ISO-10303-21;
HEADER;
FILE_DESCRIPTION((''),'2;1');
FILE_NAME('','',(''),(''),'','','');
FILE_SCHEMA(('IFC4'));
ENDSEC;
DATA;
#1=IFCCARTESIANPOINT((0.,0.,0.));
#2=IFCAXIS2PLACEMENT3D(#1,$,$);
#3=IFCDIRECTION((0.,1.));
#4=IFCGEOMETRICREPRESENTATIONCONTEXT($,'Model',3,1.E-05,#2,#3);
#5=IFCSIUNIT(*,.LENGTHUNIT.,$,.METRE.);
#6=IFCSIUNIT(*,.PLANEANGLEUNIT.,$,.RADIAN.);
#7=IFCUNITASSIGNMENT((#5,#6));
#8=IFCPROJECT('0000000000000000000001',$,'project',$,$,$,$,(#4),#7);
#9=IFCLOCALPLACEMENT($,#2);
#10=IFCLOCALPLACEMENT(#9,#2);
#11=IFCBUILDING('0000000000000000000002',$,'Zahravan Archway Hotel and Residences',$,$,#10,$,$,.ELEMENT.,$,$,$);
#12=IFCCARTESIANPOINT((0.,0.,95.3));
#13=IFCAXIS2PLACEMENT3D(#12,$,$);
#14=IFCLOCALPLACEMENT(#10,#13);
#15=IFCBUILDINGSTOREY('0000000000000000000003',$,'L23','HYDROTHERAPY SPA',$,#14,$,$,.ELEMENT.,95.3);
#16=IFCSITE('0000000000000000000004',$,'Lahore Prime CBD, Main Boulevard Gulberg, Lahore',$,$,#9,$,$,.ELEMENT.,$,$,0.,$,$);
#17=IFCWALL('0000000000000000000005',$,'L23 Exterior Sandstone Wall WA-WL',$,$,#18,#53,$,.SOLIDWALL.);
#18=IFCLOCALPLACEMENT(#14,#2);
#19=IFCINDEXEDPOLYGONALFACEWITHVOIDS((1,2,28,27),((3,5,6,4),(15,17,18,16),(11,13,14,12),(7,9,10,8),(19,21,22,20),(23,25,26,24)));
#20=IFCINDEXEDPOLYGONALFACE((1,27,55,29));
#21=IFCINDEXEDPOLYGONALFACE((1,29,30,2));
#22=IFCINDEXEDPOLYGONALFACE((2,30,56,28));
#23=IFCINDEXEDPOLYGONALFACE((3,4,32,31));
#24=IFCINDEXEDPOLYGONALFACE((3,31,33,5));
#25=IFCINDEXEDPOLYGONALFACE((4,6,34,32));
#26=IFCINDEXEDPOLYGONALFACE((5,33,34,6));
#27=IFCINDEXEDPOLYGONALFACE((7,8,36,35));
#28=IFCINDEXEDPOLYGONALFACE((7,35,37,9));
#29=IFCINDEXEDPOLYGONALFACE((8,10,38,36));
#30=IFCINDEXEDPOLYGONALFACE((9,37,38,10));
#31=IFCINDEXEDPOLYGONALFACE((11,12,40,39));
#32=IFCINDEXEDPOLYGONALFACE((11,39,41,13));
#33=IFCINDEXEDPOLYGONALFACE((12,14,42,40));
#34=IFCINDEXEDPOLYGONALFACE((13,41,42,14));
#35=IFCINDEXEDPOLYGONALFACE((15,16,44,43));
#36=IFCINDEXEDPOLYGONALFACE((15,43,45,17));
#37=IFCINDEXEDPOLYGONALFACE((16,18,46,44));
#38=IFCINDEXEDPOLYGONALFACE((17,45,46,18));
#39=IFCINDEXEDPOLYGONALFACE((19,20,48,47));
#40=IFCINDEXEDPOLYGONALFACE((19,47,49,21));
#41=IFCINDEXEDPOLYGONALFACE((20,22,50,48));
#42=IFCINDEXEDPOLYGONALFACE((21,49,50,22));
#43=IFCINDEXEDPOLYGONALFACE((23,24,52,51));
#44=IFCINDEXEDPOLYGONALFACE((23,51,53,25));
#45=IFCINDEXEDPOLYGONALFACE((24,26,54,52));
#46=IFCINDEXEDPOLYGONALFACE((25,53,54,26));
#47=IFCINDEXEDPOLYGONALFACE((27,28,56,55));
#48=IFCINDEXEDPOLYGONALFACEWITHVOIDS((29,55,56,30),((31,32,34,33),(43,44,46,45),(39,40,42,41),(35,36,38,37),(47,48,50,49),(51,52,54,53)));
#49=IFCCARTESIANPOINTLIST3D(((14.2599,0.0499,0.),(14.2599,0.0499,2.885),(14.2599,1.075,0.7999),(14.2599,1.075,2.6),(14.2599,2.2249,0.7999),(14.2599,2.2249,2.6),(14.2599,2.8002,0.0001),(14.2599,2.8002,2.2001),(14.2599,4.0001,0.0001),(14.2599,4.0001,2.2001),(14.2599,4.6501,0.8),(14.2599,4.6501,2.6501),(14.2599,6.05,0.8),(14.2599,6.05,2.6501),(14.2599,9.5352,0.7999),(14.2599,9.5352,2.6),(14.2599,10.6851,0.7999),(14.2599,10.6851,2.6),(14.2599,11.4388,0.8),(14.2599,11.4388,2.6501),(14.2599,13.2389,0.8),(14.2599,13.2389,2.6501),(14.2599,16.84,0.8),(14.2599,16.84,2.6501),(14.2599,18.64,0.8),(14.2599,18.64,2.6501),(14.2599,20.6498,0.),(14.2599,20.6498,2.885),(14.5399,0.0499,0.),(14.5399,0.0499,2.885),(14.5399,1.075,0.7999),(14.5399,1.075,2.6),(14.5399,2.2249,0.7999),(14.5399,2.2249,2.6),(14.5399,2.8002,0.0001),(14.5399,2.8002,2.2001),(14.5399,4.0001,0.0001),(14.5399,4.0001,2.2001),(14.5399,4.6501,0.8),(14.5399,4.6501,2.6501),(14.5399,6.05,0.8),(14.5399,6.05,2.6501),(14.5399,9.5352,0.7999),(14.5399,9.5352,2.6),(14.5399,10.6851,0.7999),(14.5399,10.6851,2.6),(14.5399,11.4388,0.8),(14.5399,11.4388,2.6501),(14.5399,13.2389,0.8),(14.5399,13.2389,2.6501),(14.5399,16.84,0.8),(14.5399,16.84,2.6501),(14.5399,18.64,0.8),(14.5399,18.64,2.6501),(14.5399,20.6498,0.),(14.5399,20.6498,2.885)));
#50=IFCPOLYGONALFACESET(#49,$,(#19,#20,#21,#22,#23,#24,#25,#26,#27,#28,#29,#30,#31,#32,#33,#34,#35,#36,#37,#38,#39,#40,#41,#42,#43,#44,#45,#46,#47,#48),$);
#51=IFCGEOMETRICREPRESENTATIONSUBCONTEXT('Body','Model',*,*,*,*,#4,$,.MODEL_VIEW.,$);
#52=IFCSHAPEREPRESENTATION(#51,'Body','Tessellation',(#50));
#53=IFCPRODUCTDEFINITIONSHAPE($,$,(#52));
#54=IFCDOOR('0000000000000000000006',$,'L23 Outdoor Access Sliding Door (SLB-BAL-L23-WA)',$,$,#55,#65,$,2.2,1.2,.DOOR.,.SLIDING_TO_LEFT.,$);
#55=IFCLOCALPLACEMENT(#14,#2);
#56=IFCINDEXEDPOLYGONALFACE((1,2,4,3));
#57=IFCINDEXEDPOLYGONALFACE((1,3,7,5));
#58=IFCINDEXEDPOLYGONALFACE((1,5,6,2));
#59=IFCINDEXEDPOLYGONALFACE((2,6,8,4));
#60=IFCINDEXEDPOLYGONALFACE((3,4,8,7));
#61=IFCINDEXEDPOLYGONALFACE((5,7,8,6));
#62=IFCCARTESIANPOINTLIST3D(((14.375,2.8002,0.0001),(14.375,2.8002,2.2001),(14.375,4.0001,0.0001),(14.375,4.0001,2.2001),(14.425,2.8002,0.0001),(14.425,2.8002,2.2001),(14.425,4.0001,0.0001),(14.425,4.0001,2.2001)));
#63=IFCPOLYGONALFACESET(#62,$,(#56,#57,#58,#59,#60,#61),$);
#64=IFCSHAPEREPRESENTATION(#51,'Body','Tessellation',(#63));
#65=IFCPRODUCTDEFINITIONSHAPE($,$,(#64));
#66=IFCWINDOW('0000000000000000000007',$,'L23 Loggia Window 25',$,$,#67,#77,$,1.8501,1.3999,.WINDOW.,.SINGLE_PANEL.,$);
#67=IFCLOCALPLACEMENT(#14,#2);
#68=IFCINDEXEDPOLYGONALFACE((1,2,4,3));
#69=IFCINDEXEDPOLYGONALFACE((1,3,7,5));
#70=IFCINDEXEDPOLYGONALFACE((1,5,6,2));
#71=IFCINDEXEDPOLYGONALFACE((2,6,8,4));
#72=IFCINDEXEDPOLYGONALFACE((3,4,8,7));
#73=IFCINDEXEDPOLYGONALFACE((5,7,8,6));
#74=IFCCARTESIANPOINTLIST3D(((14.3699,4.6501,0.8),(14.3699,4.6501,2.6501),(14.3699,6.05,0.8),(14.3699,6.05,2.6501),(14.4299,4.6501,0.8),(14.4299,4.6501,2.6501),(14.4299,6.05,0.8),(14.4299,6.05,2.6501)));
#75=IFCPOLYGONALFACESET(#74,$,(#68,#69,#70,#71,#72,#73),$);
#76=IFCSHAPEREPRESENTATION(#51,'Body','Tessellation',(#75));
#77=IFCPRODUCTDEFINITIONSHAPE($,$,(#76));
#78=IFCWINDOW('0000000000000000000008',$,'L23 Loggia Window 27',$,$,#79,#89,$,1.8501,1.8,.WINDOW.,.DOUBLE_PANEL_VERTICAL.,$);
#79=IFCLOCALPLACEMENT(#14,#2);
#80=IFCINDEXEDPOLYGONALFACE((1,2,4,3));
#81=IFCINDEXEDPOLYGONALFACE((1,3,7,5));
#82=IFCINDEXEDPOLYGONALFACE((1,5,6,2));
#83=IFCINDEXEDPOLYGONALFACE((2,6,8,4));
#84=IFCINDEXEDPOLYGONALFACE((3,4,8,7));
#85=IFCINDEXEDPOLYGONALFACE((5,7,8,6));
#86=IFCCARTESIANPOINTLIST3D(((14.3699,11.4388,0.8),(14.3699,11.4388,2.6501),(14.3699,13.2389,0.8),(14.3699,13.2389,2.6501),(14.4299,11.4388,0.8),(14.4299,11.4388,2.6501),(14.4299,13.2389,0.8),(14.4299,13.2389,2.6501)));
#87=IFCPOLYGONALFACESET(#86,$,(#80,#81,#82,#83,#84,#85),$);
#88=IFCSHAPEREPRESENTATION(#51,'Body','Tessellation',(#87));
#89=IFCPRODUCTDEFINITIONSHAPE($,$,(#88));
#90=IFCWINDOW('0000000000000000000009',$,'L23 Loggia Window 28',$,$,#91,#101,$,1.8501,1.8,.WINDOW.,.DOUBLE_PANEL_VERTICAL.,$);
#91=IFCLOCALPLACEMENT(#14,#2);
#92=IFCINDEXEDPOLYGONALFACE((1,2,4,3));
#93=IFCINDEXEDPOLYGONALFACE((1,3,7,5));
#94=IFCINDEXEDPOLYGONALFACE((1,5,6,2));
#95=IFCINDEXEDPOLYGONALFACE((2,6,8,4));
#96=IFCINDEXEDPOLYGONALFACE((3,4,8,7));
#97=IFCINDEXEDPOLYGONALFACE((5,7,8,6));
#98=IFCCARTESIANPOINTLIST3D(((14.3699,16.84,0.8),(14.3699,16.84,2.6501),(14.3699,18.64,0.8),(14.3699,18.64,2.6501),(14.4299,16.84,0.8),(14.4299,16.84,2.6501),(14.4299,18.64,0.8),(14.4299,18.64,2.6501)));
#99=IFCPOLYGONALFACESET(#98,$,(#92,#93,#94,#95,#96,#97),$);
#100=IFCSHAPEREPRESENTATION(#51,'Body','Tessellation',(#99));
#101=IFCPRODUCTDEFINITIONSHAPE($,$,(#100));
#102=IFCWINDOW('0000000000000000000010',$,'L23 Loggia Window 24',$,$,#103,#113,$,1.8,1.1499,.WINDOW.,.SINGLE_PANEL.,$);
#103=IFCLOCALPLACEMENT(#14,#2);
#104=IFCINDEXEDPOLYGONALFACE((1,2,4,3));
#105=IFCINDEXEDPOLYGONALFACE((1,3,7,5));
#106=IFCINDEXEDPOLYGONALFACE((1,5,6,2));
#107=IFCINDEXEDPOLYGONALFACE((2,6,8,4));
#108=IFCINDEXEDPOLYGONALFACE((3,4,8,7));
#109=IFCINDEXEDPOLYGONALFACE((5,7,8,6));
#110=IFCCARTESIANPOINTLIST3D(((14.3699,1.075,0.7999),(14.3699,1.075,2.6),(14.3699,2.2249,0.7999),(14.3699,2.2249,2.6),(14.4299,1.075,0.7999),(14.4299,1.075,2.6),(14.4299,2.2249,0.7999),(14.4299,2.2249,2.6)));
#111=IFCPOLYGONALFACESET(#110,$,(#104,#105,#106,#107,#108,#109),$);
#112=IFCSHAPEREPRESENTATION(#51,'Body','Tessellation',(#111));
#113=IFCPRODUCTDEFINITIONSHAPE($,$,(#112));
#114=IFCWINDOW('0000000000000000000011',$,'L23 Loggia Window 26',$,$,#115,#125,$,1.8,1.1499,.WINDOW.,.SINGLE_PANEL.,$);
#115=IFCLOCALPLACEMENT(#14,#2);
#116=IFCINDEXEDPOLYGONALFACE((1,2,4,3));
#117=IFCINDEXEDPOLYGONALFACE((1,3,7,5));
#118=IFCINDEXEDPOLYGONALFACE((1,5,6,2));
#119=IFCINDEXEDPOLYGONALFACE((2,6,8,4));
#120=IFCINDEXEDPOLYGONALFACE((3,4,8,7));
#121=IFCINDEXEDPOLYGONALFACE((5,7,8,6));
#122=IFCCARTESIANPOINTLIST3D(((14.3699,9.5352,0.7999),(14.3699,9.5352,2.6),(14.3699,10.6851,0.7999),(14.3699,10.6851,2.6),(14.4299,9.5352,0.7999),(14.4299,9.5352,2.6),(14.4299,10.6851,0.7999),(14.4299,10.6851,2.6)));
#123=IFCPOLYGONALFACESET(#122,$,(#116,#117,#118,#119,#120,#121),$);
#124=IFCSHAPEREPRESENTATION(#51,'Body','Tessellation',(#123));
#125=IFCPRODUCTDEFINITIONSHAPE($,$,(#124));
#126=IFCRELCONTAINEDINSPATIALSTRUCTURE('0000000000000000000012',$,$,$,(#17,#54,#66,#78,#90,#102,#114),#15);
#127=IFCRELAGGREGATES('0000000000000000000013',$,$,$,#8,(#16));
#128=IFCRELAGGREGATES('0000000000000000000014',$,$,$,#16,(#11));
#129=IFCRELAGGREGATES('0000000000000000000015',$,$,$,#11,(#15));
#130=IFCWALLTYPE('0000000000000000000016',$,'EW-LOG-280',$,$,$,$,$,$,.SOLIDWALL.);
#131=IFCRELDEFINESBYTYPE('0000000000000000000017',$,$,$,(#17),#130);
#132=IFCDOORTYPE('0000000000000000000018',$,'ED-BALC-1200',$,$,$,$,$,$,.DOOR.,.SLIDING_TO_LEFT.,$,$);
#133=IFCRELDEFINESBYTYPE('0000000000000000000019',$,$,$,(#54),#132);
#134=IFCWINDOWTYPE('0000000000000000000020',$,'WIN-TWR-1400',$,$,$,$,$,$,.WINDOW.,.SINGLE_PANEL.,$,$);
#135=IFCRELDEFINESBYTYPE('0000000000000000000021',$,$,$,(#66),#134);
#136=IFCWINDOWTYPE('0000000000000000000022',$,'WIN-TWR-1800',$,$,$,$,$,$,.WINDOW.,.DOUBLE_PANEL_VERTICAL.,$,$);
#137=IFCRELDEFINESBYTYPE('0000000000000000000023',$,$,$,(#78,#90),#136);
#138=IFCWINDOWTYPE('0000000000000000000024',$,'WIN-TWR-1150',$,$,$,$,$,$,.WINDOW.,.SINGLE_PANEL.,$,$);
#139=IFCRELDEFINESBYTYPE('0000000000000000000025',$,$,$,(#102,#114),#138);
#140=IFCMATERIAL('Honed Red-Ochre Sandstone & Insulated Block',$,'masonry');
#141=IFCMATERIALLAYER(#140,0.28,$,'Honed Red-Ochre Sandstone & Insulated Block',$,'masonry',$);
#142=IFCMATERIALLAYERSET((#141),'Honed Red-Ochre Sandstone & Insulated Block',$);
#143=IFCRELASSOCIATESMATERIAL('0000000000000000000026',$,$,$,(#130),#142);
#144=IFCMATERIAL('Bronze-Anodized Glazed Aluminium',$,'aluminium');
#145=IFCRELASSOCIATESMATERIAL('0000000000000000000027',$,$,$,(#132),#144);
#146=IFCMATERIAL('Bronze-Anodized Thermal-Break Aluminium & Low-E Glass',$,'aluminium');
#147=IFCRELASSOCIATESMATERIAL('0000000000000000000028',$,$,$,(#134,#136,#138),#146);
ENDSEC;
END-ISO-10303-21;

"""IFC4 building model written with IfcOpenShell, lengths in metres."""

from ifc_helpers import new_model, si_unit, direction, frame, frame_2d, origin, place, context, subcontext, project, spatial, rectangle, extrude, source, transform, mapped, material, layer, layer_set, type_object, type_shapes, element, fill, save


model = new_model("IFC4")

# Units and contexts
model_context = context("Model", 3, precision=1e-05, world=origin(), true_north=direction((0.0, 1.0)))
body_context = subcontext(model_context, "Body", "Model", "MODEL_VIEW")
ifc_project = project(units=[si_unit("LENGTHUNIT", "METRE"), si_unit("PLANEANGLEUNIT", "RADIAN")], contexts=[model_context])

# Site, building, storey
site_placement = place(None, origin())
site = spatial("IfcSite", under=ifc_project, at=site_placement, Name="Lahore Prime CBD, Main Boulevard Gulberg, Lahore", CompositionType="ELEMENT", RefElevation=0.0)
building_placement = place(site_placement, origin())
building = spatial("IfcBuilding", under=site, at=building_placement, Name="Zahravan Archway Hotel and Residences", CompositionType="ELEMENT")
storey_placement = place(building_placement, frame((0.0, 0.0, 95.3)))
storey = spatial("IfcBuildingStorey", under=building, at=storey_placement, Name="L23", Description="HYDROTHERAPY SPA", CompositionType="ELEMENT", Elevation=95.3)

# Wall, openings, door, windows
ifc_material_1 = material(Name="Honed Red-Ochre Sandstone & Insulated Block", Category="masonry")
ifc_layer = layer(ifc_material_1, 0.28, Name="Honed Red-Ochre Sandstone & Insulated Block", Category="masonry")
ifc_layer_set = layer_set([ifc_layer], Name="Honed Red-Ochre Sandstone & Insulated Block")
wall_type = type_object("IfcWallType", Name="EW-LOG-280", PredefinedType="SOLIDWALL", material=ifc_layer_set)
wall_placement = place(storey_placement, frame((14.3999, 0.05, 0.0), z_axis=(0.0, 0.0, 1.0), x_axis=(0.0, 1.0, 0.0)))
wall = element("IfcWall", 1, at=wall_placement, inside=storey, type_object=wall_type, Name="L23 Exterior Sandstone Wall WA-WL", PredefinedType="SOLIDWALL", context=body_context, shape_type="SweptSolid", body=[
    extrude(rectangle(XDim=20.5999, YDim=0.28, at=frame_2d((10.2998, 0.0))), origin(), (0.0, 0.0, 1.0), 2.885),
])
opening_1_placement = place(wall_placement, frame((2.75, 0.0, 0.0)))
opening_1 = element("IfcOpeningElement", 2, at=opening_1_placement, cuts=wall, PredefinedType="OPENING", context=body_context, shape_type="SweptSolid", body=[
    extrude(rectangle(XDim=1.2, YDim=2.2, at=frame_2d((0.6001, 1.1001))), frame((0.0, 0.1499, 0.0), z_axis=(0.0, -1.0, 0.0), x_axis=(1.0, 0.0, 0.0)), (0.0, 0.0, 1.0), 0.3),
])
opening_2_placement = place(wall_placement, frame((1.0249, 0.0, 0.8)))
opening_2 = element("IfcOpeningElement", 3, at=opening_2_placement, cuts=wall, PredefinedType="OPENING", context=body_context, shape_type="SweptSolid", body=[
    extrude(rectangle(XDim=1.1499, YDim=1.8, at=frame_2d((0.575, 0.8999))), frame((0.0, 0.1499, 0.0), z_axis=(0.0, -1.0, 0.0), x_axis=(1.0, 0.0, 0.0)), (0.0, 0.0, 1.0), 0.3),
])
opening_3_placement = place(wall_placement, frame((4.6001, 0.0, 0.8)))
opening_3 = element("IfcOpeningElement", 4, at=opening_3_placement, cuts=wall, PredefinedType="OPENING", context=body_context, shape_type="SweptSolid", body=[
    extrude(rectangle(XDim=1.3999, YDim=1.8501, at=frame_2d((0.7, 0.925))), frame((0.0, 0.1499, 0.0), z_axis=(0.0, -1.0, 0.0), x_axis=(1.0, 0.0, 0.0)), (0.0, 0.0, 1.0), 0.3),
])
opening_4_placement = place(wall_placement, frame((9.4851, 0.0, 0.8)))
opening_4 = element("IfcOpeningElement", 5, at=opening_4_placement, cuts=wall, PredefinedType="OPENING", context=body_context, shape_type="SweptSolid", body=[
    extrude(rectangle(XDim=1.1499, YDim=1.8, at=frame_2d((0.575, 0.8999))), frame((0.0, 0.1499, 0.0), z_axis=(0.0, -1.0, 0.0), x_axis=(1.0, 0.0, 0.0)), (0.0, 0.0, 1.0), 0.3),
])
opening_5_placement = place(wall_placement, frame((11.3889, 0.0, 0.8)))
opening_5 = element("IfcOpeningElement", 6, at=opening_5_placement, cuts=wall, PredefinedType="OPENING", context=body_context, shape_type="SweptSolid", body=[
    extrude(rectangle(XDim=1.8, YDim=1.8501, at=frame_2d((0.8999, 0.925))), frame((0.0, 0.1499, 0.0), z_axis=(0.0, -1.0, 0.0), x_axis=(1.0, 0.0, 0.0)), (0.0, 0.0, 1.0), 0.3),
])
opening_6_placement = place(wall_placement, frame((16.79, 0.0, 0.8)))
opening_6 = element("IfcOpeningElement", 7, at=opening_6_placement, cuts=wall, PredefinedType="OPENING", context=body_context, shape_type="SweptSolid", body=[
    extrude(rectangle(XDim=1.8, YDim=1.8501, at=frame_2d((0.8999, 0.925))), frame((0.0, 0.1499, 0.0), z_axis=(0.0, -1.0, 0.0), x_axis=(1.0, 0.0, 0.0)), (0.0, 0.0, 1.0), 0.3),
])
ifc_material_2 = material(Name="Bronze-Anodized Glazed Aluminium", Category="aluminium")
door_type = type_object("IfcDoorType", Name="ED-BALC-1200", OperationType="SLIDING_TO_LEFT", PredefinedType="DOOR", material=ifc_material_2)
shared_shape_1 = source(origin(), body_context, "Body", "SweptSolid", [
    extrude(rectangle(XDim=1.2, YDim=2.2, at=frame_2d((0.6001, 1.1001))), frame((0.0, 0.0249, 0.0), z_axis=(0.0, -1.0, 0.0), x_axis=(1.0, 0.0, 0.0)), (0.0, 0.0, 1.0), 0.05),
])
type_shapes(door_type, [shared_shape_1])
door_placement = place(opening_1_placement, origin())
door = element("IfcDoor", 8, at=door_placement, inside=storey, type_object=door_type, Name="L23 Outdoor Access Sliding Door (SLB-BAL-L23-WA)", OperationType="SLIDING_TO_LEFT", OverallHeight=2.2, OverallWidth=1.2, PredefinedType="DOOR", context=body_context, shape_type="MappedRepresentation", body=[
    mapped(shared_shape_1, transform((0.0, 0.0, 0.0), scale=1.0)),
])
fill(opening_1, door)
ifc_material_3 = material(Name="Bronze-Anodized Thermal-Break Aluminium & Low-E Glass", Category="aluminium")
window_type_1 = type_object("IfcWindowType", Name="WIN-TWR-1400", PartitioningType="SINGLE_PANEL", PredefinedType="WINDOW", material=ifc_material_3)
shared_shape_2 = source(origin(), body_context, "Body", "SweptSolid", [
    extrude(rectangle(XDim=1.3999, YDim=1.8501, at=frame_2d((0.7, 0.925))), frame((0.0, 0.03, 0.0), z_axis=(0.0, -1.0, 0.0), x_axis=(1.0, 0.0, 0.0)), (0.0, 0.0, 1.0), 0.0601),
])
type_shapes(window_type_1, [shared_shape_2])
window_1_placement = place(opening_3_placement, origin())
window_1 = element("IfcWindow", 9, at=window_1_placement, inside=storey, type_object=window_type_1, Name="L23 Loggia Window 25", OverallHeight=1.8501, OverallWidth=1.3999, PartitioningType="SINGLE_PANEL", PredefinedType="WINDOW", context=body_context, shape_type="MappedRepresentation", body=[
    mapped(shared_shape_2, transform((0.0, 0.0, 0.0), scale=1.0)),
])
fill(opening_3, window_1)
window_type_2 = type_object("IfcWindowType", Name="WIN-TWR-1800", PartitioningType="DOUBLE_PANEL_VERTICAL", PredefinedType="WINDOW", material=ifc_material_3)
shared_shape_3 = source(origin(), body_context, "Body", "SweptSolid", [
    extrude(rectangle(XDim=1.8, YDim=1.8501, at=frame_2d((0.8999, 0.925))), frame((0.0, 0.03, 0.0), z_axis=(0.0, -1.0, 0.0), x_axis=(1.0, 0.0, 0.0)), (0.0, 0.0, 1.0), 0.0601),
])
type_shapes(window_type_2, [shared_shape_3])
window_2_placement = place(opening_5_placement, origin())
window_2 = element("IfcWindow", 10, at=window_2_placement, inside=storey, type_object=window_type_2, Name="L23 Loggia Window 27", OverallHeight=1.8501, OverallWidth=1.8, PartitioningType="DOUBLE_PANEL_VERTICAL", PredefinedType="WINDOW", context=body_context, shape_type="MappedRepresentation", body=[
    mapped(shared_shape_3, transform((0.0, 0.0, 0.0), scale=1.0)),
])
fill(opening_5, window_2)
window_3_placement = place(opening_6_placement, origin())
window_3 = element("IfcWindow", 11, at=window_3_placement, inside=storey, type_object=window_type_2, Name="L23 Loggia Window 28", OverallHeight=1.8501, OverallWidth=1.8, PartitioningType="DOUBLE_PANEL_VERTICAL", PredefinedType="WINDOW", context=body_context, shape_type="MappedRepresentation", body=[
    mapped(shared_shape_3, transform((0.0, 0.0, 0.0), scale=1.0)),
])
fill(opening_6, window_3)
window_type_3 = type_object("IfcWindowType", Name="WIN-TWR-1150", PartitioningType="SINGLE_PANEL", PredefinedType="WINDOW", material=ifc_material_3)
shared_shape_4 = source(origin(), body_context, "Body", "SweptSolid", [
    extrude(rectangle(XDim=1.1499, YDim=1.8, at=frame_2d((0.575, 0.8999))), frame((0.0, 0.03, 0.0), z_axis=(0.0, -1.0, 0.0), x_axis=(1.0, 0.0, 0.0)), (0.0, 0.0, 1.0), 0.0601),
])
type_shapes(window_type_3, [shared_shape_4])
window_4_placement = place(opening_2_placement, origin())
window_4 = element("IfcWindow", 12, at=window_4_placement, inside=storey, type_object=window_type_3, Name="L23 Loggia Window 24", OverallHeight=1.8, OverallWidth=1.1499, PartitioningType="SINGLE_PANEL", PredefinedType="WINDOW", context=body_context, shape_type="MappedRepresentation", body=[
    mapped(shared_shape_4, transform((0.0, 0.0, 0.0), scale=1.0)),
])
fill(opening_2, window_4)
window_5_placement = place(opening_4_placement, origin())
window_5 = element("IfcWindow", 13, at=window_5_placement, inside=storey, type_object=window_type_3, Name="L23 Loggia Window 26", OverallHeight=1.8, OverallWidth=1.1499, PartitioningType="SINGLE_PANEL", PredefinedType="WINDOW", context=body_context, shape_type="MappedRepresentation", body=[
    mapped(shared_shape_4, transform((0.0, 0.0, 0.0), scale=1.0)),
])
fill(opening_4, window_5)

save(model, "model.ifc")
